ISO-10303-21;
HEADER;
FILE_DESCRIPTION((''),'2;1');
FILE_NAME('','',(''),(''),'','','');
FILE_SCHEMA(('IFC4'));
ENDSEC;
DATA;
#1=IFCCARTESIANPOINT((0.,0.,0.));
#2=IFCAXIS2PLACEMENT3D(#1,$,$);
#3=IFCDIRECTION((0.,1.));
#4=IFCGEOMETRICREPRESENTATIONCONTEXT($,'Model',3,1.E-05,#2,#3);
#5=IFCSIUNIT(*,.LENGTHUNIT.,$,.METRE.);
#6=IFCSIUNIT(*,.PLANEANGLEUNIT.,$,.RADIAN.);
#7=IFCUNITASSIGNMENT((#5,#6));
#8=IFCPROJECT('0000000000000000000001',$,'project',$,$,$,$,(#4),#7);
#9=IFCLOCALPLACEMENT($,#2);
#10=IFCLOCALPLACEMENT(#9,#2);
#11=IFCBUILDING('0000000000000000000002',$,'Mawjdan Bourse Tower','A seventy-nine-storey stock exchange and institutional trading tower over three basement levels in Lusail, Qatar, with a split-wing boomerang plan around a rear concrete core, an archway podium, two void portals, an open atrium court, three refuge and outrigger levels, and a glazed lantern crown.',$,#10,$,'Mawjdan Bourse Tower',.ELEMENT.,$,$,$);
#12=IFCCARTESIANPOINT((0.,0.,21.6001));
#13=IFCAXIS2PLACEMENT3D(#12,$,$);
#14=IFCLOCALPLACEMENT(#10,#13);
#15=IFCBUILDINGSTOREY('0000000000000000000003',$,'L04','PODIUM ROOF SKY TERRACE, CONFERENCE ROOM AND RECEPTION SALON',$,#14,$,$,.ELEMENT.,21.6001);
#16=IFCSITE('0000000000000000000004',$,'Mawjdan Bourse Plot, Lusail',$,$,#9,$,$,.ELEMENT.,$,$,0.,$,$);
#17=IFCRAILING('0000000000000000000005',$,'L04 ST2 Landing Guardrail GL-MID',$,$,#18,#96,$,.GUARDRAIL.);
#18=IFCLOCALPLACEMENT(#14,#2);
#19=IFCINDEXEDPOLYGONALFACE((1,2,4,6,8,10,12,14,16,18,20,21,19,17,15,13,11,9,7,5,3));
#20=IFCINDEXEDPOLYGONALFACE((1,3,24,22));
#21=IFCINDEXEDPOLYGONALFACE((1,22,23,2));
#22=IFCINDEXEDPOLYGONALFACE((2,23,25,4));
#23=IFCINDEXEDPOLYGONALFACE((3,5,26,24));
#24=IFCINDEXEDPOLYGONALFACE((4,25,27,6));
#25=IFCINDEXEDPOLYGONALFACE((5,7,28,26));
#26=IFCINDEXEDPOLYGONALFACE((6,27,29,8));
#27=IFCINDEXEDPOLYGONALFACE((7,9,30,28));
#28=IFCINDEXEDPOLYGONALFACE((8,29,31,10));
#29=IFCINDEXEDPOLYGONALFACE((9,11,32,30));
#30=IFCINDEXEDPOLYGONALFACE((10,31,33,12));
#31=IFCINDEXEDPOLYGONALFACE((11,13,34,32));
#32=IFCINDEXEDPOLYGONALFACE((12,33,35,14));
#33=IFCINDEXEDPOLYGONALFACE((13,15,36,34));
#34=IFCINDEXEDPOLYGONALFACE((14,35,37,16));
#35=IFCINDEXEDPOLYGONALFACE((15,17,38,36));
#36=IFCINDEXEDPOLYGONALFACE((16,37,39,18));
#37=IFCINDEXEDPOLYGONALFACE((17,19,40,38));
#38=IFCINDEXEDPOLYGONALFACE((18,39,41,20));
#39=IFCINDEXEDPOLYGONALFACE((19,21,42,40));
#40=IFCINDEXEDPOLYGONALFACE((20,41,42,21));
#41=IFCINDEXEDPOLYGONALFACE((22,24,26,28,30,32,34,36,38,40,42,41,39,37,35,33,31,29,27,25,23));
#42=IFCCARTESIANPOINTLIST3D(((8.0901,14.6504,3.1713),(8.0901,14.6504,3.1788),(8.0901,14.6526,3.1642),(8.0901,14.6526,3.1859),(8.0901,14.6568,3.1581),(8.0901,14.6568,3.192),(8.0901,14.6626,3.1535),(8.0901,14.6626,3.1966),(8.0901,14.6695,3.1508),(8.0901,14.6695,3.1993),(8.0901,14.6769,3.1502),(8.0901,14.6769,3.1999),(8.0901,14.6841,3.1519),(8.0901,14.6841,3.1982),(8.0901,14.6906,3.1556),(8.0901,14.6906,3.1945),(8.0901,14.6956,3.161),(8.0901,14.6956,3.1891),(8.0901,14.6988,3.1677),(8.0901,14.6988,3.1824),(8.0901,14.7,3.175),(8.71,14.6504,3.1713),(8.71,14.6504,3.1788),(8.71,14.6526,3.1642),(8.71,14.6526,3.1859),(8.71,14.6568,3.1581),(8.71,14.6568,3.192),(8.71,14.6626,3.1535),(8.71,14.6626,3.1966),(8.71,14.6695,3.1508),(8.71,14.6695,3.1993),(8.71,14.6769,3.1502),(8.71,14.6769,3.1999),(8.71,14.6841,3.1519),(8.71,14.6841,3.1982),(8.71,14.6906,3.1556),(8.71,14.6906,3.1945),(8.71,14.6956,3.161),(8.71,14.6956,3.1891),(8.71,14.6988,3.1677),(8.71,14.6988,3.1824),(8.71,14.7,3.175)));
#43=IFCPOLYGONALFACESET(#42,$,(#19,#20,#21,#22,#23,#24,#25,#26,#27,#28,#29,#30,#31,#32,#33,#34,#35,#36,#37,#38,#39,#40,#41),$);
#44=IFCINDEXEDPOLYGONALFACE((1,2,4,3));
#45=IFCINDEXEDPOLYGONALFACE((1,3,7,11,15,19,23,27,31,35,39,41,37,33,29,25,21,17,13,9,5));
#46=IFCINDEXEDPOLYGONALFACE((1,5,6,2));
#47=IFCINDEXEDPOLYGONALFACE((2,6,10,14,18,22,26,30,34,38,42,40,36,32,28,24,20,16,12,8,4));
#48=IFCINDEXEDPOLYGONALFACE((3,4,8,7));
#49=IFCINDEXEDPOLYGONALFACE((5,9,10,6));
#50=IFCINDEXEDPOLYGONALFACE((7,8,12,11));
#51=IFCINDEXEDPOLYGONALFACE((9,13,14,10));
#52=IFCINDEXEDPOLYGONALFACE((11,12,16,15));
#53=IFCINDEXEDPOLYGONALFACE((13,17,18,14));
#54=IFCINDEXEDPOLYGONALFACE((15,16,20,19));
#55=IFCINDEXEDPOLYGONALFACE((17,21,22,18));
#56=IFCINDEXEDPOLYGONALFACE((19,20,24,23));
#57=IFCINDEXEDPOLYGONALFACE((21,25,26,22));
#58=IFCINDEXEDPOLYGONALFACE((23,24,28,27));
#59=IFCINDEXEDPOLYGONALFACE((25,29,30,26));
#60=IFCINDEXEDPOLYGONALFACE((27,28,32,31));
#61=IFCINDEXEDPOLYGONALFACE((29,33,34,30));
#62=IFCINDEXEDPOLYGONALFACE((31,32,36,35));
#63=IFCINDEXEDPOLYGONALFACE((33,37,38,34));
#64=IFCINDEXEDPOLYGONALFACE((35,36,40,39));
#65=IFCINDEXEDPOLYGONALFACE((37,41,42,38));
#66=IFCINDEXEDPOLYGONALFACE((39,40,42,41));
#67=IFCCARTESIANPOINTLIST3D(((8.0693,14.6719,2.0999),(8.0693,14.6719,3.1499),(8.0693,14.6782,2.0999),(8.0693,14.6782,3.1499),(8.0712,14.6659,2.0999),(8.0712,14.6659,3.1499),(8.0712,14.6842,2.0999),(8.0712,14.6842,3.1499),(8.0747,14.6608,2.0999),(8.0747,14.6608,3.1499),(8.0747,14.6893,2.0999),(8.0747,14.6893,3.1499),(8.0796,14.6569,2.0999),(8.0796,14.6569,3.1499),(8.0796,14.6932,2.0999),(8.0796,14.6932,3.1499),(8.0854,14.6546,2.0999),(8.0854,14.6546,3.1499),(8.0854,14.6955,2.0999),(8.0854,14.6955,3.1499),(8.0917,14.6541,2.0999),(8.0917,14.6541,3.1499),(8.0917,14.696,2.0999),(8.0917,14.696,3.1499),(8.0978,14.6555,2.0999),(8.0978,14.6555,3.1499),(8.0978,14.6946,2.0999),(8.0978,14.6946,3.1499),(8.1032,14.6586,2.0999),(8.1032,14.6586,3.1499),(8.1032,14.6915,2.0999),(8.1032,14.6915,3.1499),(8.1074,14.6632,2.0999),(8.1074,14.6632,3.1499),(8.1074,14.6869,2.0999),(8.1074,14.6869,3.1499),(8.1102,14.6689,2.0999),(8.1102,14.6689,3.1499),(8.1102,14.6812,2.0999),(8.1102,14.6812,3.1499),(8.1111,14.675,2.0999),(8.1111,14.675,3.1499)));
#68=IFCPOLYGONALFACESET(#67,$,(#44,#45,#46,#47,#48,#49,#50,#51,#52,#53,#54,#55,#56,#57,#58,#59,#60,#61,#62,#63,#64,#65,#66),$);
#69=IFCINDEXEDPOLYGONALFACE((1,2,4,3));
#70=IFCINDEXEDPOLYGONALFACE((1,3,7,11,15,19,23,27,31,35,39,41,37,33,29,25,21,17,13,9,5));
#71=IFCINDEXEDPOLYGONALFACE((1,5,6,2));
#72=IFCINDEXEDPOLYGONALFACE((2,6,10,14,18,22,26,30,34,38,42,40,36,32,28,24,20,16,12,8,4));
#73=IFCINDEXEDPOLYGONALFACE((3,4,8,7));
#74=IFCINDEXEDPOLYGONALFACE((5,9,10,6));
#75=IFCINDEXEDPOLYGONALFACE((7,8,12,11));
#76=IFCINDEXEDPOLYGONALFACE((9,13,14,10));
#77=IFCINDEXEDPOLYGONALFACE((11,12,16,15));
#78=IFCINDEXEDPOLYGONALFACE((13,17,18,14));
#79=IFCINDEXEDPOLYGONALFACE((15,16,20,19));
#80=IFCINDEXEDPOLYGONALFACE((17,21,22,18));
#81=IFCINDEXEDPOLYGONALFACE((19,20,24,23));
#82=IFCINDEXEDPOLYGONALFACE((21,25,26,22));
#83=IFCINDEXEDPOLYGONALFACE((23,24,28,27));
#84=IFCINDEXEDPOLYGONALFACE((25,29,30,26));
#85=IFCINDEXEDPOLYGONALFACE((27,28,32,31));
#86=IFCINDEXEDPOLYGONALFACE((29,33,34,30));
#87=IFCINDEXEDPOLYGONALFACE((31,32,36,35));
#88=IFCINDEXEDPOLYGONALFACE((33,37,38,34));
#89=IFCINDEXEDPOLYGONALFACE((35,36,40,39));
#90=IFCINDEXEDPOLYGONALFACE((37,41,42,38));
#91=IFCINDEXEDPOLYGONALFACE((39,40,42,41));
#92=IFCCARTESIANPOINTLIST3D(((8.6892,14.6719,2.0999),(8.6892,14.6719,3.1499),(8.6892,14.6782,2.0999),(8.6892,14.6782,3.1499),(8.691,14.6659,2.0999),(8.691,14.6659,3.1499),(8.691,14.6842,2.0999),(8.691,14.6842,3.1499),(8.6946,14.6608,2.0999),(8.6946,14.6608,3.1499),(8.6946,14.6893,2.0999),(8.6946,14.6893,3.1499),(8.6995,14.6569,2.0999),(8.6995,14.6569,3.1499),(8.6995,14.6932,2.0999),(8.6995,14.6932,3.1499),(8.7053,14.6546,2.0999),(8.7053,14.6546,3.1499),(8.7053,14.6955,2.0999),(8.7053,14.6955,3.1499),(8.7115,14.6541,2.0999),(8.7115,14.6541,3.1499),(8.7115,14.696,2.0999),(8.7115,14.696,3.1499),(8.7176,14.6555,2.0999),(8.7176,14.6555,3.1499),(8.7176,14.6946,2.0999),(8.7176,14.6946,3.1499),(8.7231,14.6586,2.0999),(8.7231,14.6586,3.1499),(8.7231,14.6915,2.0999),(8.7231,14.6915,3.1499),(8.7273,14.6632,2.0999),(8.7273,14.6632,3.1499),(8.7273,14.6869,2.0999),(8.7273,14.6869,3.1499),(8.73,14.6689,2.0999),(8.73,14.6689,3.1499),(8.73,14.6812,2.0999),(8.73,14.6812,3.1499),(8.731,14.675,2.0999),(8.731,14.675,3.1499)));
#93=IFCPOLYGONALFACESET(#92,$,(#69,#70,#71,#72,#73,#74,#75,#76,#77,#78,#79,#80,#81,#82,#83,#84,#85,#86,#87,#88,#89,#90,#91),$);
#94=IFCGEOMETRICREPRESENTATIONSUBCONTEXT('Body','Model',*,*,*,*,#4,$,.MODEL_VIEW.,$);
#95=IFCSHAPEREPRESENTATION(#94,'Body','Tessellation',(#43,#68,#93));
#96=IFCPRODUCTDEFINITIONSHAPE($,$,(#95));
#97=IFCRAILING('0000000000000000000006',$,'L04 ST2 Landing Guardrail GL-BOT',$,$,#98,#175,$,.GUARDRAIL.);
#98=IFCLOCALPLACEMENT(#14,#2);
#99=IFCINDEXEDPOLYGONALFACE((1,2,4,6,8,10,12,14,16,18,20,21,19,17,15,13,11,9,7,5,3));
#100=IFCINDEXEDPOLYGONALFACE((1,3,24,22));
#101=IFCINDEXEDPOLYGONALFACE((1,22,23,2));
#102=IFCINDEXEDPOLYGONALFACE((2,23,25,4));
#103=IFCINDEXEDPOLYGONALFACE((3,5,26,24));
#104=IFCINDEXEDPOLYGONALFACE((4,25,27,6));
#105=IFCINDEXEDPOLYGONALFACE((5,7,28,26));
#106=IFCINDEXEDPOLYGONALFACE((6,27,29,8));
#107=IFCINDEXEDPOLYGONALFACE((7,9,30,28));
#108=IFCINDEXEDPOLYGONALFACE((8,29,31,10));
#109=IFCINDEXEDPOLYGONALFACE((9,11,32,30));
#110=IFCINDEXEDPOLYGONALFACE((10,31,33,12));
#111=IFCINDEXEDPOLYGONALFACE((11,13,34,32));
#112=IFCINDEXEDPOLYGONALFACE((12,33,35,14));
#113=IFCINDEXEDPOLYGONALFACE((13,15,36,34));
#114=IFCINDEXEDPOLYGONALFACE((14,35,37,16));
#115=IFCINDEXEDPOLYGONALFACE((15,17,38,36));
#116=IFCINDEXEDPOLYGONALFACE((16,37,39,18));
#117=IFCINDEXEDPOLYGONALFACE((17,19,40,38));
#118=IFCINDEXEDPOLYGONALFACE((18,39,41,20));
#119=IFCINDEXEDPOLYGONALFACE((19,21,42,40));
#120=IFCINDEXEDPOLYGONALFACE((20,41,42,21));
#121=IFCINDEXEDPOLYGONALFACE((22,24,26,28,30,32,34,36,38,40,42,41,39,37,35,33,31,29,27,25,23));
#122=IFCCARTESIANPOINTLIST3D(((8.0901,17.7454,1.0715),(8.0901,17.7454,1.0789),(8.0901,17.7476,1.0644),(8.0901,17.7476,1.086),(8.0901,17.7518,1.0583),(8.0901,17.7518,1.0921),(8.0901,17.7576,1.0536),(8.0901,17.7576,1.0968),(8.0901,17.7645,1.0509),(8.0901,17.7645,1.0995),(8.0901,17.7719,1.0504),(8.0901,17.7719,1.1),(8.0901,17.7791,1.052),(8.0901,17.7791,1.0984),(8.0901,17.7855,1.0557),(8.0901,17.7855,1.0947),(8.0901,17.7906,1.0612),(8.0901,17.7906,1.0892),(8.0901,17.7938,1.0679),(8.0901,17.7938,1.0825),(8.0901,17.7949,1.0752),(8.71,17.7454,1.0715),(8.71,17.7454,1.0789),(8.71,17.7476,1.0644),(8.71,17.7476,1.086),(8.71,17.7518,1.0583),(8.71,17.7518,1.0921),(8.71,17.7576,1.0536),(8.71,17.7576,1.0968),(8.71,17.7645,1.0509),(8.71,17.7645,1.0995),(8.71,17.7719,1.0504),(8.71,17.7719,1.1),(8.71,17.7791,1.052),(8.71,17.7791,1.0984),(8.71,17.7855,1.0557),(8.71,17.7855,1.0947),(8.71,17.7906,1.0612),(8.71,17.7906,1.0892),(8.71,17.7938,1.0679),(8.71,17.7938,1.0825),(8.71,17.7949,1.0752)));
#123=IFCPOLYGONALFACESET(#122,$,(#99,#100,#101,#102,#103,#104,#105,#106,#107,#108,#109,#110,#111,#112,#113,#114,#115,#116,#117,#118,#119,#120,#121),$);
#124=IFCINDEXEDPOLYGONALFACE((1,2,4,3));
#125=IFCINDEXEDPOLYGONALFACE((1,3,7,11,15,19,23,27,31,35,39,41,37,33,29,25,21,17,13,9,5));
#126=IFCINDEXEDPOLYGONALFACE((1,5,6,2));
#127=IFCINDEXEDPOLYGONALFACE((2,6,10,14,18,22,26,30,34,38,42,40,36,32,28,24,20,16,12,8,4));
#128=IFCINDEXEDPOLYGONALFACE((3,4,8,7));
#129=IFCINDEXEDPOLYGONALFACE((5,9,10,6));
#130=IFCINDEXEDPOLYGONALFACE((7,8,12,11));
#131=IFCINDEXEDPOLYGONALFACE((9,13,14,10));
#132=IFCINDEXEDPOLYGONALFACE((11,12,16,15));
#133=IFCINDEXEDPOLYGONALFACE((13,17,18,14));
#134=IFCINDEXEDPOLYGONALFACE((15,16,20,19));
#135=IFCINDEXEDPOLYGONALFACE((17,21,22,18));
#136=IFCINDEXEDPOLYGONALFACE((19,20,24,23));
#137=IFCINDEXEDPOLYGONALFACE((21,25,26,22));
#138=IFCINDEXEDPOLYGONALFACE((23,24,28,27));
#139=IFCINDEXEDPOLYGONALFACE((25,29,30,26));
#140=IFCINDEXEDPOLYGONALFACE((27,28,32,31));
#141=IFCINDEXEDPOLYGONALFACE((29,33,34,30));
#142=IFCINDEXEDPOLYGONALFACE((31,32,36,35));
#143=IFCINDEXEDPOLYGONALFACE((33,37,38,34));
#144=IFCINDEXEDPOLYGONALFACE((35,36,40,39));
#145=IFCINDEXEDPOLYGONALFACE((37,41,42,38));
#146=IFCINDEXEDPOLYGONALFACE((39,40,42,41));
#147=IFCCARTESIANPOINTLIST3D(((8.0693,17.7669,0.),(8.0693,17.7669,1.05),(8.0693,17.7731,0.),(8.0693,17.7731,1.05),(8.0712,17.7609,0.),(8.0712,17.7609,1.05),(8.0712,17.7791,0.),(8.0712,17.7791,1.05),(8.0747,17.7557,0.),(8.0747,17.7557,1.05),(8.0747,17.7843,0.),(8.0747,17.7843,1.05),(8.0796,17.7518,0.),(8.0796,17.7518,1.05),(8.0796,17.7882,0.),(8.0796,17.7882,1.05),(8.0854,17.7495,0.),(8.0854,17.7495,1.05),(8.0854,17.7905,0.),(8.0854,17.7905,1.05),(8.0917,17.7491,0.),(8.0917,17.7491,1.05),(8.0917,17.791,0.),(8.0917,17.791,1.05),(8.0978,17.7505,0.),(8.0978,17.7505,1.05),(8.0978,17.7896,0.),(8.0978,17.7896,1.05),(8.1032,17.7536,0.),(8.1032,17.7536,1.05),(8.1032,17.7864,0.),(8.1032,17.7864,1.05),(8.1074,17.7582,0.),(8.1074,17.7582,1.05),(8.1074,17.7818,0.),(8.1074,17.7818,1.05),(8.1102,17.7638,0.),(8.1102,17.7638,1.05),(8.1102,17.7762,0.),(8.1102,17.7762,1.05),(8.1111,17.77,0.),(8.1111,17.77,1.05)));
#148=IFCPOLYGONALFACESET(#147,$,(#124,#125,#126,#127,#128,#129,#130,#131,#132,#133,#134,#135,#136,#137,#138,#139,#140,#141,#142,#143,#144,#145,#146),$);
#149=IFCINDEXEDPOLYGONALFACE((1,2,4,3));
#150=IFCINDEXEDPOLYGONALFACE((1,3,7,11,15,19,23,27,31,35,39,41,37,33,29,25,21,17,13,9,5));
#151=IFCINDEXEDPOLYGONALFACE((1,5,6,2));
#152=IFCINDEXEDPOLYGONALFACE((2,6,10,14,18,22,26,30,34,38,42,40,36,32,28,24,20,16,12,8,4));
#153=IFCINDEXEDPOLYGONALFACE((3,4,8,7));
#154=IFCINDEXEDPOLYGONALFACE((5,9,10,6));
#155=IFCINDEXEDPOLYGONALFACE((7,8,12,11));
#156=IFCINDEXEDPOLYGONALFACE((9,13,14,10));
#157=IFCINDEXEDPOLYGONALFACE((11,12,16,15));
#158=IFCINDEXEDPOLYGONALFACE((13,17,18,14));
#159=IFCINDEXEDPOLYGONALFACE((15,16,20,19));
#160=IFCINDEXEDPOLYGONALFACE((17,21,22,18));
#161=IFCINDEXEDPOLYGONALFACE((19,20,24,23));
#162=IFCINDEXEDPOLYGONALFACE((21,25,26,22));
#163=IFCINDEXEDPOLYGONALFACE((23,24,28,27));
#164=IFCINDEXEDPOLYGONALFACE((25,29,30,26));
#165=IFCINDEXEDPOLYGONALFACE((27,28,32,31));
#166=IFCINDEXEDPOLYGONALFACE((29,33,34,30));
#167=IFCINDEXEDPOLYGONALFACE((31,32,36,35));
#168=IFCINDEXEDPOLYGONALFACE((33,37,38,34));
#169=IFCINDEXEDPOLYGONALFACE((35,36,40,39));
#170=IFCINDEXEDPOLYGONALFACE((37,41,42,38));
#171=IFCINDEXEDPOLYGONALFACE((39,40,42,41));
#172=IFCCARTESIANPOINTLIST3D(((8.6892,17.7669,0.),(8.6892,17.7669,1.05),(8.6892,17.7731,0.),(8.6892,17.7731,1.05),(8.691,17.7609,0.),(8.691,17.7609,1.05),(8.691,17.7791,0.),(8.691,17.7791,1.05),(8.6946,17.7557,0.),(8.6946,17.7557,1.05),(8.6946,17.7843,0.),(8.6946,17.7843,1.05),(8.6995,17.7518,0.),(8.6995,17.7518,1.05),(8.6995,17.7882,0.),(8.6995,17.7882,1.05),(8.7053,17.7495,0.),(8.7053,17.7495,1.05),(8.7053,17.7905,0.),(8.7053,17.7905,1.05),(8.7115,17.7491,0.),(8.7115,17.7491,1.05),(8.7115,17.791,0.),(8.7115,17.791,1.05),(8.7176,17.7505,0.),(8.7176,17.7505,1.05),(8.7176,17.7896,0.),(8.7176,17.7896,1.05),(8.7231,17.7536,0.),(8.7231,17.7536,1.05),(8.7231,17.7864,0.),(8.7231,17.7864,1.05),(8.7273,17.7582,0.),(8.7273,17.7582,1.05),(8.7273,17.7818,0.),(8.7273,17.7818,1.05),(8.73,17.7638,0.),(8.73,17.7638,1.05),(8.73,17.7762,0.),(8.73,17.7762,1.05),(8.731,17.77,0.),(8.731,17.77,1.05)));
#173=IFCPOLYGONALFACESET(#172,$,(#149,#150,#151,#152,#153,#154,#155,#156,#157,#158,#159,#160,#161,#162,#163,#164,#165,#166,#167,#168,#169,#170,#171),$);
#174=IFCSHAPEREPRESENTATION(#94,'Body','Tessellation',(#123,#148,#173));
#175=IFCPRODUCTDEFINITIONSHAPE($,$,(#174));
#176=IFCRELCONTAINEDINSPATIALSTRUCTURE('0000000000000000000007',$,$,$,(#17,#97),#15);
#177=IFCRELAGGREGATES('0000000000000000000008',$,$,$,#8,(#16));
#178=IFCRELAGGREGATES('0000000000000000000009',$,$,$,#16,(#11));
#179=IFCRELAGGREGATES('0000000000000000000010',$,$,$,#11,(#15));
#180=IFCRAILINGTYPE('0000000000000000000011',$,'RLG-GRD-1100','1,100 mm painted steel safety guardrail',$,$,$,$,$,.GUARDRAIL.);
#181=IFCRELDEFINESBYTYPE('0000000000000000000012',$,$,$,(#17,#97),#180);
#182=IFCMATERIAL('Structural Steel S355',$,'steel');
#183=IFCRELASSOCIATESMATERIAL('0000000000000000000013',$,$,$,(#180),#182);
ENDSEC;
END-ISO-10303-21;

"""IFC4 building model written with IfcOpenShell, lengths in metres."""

from ifc_helpers import new_model, si_unit, direction, frame, origin, origin_2d, place, context, subcontext, project, spatial, circle, extrude, material, type_object, element, save


model = new_model("IFC4")

# Units and contexts
model_context = context("Model", 3, precision=1e-05, world=origin(), true_north=direction((0.0, 1.0)))
body_context = subcontext(model_context, "Body", "Model", "MODEL_VIEW")
ifc_project = project(units=[si_unit("LENGTHUNIT", "METRE"), si_unit("PLANEANGLEUNIT", "RADIAN")], contexts=[model_context])

# Site, building, storey
site_placement = place(None, origin())
site = spatial("IfcSite", under=ifc_project, at=site_placement, Name="Mawjdan Bourse Plot, Lusail", CompositionType="ELEMENT", RefElevation=0.0)
building_placement = place(site_placement, origin())
building = spatial("IfcBuilding", under=site, at=building_placement, Name="Mawjdan Bourse Tower", Description="A seventy-nine-storey stock exchange and institutional trading tower over three basement levels in Lusail, Qatar, with a split-wing boomerang plan around a rear concrete core, an archway podium, two void portals, an open atrium court, three refuge and outrigger levels, and a glazed lantern crown.", LongName="Mawjdan Bourse Tower", CompositionType="ELEMENT")
storey_placement = place(building_placement, frame((0.0, 0.0, 21.6001)))
storey = spatial("IfcBuildingStorey", under=building, at=storey_placement, Name="L04", Description="PODIUM ROOF SKY TERRACE, CONFERENCE ROOM AND RECEPTION SALON", CompositionType="ELEMENT", Elevation=21.6001)

# Shared definitions
ifc_material_1 = material(Name="Structural Steel S355", Category="steel")

# Railings
railing_type_1 = type_object("IfcRailingType", Name="RLG-GRD-1100", Description="1,100 mm painted steel safety guardrail", PredefinedType="GUARDRAIL", material=ifc_material_1)
for number, where, name in (
    (1, (8.0901, 14.675, 2.0999), "L04 ST2 Landing Guardrail GL-MID"),
    (2, (8.0901, 17.77, 0.0), "L04 ST2 Landing Guardrail GL-BOT"),
):
    element("IfcRailing", number, at=place(storey_placement, frame(where)), inside=storey, type_object=railing_type_1, Name=name, PredefinedType="GUARDRAIL", context=body_context, shape_type="SweptSolid", body=[
        extrude(circle(Radius=0.0249, at=origin_2d()), frame((0.0, 0.0, 1.0752), z_axis=(1.0, 0.0, 0.0), x_axis=(0.0, 1.0, 0.0)), (0.0, 0.0, 1.0), 0.6199),
        extrude(circle(Radius=0.021, at=origin_2d()), origin(), (0.0, 0.0, 1.0), 1.05),
        extrude(circle(Radius=0.021, at=origin_2d()), frame((0.6199, 0.0, 0.0)), (0.0, 0.0, 1.0), 1.05),
    ])

save(model, "model.ifc")
